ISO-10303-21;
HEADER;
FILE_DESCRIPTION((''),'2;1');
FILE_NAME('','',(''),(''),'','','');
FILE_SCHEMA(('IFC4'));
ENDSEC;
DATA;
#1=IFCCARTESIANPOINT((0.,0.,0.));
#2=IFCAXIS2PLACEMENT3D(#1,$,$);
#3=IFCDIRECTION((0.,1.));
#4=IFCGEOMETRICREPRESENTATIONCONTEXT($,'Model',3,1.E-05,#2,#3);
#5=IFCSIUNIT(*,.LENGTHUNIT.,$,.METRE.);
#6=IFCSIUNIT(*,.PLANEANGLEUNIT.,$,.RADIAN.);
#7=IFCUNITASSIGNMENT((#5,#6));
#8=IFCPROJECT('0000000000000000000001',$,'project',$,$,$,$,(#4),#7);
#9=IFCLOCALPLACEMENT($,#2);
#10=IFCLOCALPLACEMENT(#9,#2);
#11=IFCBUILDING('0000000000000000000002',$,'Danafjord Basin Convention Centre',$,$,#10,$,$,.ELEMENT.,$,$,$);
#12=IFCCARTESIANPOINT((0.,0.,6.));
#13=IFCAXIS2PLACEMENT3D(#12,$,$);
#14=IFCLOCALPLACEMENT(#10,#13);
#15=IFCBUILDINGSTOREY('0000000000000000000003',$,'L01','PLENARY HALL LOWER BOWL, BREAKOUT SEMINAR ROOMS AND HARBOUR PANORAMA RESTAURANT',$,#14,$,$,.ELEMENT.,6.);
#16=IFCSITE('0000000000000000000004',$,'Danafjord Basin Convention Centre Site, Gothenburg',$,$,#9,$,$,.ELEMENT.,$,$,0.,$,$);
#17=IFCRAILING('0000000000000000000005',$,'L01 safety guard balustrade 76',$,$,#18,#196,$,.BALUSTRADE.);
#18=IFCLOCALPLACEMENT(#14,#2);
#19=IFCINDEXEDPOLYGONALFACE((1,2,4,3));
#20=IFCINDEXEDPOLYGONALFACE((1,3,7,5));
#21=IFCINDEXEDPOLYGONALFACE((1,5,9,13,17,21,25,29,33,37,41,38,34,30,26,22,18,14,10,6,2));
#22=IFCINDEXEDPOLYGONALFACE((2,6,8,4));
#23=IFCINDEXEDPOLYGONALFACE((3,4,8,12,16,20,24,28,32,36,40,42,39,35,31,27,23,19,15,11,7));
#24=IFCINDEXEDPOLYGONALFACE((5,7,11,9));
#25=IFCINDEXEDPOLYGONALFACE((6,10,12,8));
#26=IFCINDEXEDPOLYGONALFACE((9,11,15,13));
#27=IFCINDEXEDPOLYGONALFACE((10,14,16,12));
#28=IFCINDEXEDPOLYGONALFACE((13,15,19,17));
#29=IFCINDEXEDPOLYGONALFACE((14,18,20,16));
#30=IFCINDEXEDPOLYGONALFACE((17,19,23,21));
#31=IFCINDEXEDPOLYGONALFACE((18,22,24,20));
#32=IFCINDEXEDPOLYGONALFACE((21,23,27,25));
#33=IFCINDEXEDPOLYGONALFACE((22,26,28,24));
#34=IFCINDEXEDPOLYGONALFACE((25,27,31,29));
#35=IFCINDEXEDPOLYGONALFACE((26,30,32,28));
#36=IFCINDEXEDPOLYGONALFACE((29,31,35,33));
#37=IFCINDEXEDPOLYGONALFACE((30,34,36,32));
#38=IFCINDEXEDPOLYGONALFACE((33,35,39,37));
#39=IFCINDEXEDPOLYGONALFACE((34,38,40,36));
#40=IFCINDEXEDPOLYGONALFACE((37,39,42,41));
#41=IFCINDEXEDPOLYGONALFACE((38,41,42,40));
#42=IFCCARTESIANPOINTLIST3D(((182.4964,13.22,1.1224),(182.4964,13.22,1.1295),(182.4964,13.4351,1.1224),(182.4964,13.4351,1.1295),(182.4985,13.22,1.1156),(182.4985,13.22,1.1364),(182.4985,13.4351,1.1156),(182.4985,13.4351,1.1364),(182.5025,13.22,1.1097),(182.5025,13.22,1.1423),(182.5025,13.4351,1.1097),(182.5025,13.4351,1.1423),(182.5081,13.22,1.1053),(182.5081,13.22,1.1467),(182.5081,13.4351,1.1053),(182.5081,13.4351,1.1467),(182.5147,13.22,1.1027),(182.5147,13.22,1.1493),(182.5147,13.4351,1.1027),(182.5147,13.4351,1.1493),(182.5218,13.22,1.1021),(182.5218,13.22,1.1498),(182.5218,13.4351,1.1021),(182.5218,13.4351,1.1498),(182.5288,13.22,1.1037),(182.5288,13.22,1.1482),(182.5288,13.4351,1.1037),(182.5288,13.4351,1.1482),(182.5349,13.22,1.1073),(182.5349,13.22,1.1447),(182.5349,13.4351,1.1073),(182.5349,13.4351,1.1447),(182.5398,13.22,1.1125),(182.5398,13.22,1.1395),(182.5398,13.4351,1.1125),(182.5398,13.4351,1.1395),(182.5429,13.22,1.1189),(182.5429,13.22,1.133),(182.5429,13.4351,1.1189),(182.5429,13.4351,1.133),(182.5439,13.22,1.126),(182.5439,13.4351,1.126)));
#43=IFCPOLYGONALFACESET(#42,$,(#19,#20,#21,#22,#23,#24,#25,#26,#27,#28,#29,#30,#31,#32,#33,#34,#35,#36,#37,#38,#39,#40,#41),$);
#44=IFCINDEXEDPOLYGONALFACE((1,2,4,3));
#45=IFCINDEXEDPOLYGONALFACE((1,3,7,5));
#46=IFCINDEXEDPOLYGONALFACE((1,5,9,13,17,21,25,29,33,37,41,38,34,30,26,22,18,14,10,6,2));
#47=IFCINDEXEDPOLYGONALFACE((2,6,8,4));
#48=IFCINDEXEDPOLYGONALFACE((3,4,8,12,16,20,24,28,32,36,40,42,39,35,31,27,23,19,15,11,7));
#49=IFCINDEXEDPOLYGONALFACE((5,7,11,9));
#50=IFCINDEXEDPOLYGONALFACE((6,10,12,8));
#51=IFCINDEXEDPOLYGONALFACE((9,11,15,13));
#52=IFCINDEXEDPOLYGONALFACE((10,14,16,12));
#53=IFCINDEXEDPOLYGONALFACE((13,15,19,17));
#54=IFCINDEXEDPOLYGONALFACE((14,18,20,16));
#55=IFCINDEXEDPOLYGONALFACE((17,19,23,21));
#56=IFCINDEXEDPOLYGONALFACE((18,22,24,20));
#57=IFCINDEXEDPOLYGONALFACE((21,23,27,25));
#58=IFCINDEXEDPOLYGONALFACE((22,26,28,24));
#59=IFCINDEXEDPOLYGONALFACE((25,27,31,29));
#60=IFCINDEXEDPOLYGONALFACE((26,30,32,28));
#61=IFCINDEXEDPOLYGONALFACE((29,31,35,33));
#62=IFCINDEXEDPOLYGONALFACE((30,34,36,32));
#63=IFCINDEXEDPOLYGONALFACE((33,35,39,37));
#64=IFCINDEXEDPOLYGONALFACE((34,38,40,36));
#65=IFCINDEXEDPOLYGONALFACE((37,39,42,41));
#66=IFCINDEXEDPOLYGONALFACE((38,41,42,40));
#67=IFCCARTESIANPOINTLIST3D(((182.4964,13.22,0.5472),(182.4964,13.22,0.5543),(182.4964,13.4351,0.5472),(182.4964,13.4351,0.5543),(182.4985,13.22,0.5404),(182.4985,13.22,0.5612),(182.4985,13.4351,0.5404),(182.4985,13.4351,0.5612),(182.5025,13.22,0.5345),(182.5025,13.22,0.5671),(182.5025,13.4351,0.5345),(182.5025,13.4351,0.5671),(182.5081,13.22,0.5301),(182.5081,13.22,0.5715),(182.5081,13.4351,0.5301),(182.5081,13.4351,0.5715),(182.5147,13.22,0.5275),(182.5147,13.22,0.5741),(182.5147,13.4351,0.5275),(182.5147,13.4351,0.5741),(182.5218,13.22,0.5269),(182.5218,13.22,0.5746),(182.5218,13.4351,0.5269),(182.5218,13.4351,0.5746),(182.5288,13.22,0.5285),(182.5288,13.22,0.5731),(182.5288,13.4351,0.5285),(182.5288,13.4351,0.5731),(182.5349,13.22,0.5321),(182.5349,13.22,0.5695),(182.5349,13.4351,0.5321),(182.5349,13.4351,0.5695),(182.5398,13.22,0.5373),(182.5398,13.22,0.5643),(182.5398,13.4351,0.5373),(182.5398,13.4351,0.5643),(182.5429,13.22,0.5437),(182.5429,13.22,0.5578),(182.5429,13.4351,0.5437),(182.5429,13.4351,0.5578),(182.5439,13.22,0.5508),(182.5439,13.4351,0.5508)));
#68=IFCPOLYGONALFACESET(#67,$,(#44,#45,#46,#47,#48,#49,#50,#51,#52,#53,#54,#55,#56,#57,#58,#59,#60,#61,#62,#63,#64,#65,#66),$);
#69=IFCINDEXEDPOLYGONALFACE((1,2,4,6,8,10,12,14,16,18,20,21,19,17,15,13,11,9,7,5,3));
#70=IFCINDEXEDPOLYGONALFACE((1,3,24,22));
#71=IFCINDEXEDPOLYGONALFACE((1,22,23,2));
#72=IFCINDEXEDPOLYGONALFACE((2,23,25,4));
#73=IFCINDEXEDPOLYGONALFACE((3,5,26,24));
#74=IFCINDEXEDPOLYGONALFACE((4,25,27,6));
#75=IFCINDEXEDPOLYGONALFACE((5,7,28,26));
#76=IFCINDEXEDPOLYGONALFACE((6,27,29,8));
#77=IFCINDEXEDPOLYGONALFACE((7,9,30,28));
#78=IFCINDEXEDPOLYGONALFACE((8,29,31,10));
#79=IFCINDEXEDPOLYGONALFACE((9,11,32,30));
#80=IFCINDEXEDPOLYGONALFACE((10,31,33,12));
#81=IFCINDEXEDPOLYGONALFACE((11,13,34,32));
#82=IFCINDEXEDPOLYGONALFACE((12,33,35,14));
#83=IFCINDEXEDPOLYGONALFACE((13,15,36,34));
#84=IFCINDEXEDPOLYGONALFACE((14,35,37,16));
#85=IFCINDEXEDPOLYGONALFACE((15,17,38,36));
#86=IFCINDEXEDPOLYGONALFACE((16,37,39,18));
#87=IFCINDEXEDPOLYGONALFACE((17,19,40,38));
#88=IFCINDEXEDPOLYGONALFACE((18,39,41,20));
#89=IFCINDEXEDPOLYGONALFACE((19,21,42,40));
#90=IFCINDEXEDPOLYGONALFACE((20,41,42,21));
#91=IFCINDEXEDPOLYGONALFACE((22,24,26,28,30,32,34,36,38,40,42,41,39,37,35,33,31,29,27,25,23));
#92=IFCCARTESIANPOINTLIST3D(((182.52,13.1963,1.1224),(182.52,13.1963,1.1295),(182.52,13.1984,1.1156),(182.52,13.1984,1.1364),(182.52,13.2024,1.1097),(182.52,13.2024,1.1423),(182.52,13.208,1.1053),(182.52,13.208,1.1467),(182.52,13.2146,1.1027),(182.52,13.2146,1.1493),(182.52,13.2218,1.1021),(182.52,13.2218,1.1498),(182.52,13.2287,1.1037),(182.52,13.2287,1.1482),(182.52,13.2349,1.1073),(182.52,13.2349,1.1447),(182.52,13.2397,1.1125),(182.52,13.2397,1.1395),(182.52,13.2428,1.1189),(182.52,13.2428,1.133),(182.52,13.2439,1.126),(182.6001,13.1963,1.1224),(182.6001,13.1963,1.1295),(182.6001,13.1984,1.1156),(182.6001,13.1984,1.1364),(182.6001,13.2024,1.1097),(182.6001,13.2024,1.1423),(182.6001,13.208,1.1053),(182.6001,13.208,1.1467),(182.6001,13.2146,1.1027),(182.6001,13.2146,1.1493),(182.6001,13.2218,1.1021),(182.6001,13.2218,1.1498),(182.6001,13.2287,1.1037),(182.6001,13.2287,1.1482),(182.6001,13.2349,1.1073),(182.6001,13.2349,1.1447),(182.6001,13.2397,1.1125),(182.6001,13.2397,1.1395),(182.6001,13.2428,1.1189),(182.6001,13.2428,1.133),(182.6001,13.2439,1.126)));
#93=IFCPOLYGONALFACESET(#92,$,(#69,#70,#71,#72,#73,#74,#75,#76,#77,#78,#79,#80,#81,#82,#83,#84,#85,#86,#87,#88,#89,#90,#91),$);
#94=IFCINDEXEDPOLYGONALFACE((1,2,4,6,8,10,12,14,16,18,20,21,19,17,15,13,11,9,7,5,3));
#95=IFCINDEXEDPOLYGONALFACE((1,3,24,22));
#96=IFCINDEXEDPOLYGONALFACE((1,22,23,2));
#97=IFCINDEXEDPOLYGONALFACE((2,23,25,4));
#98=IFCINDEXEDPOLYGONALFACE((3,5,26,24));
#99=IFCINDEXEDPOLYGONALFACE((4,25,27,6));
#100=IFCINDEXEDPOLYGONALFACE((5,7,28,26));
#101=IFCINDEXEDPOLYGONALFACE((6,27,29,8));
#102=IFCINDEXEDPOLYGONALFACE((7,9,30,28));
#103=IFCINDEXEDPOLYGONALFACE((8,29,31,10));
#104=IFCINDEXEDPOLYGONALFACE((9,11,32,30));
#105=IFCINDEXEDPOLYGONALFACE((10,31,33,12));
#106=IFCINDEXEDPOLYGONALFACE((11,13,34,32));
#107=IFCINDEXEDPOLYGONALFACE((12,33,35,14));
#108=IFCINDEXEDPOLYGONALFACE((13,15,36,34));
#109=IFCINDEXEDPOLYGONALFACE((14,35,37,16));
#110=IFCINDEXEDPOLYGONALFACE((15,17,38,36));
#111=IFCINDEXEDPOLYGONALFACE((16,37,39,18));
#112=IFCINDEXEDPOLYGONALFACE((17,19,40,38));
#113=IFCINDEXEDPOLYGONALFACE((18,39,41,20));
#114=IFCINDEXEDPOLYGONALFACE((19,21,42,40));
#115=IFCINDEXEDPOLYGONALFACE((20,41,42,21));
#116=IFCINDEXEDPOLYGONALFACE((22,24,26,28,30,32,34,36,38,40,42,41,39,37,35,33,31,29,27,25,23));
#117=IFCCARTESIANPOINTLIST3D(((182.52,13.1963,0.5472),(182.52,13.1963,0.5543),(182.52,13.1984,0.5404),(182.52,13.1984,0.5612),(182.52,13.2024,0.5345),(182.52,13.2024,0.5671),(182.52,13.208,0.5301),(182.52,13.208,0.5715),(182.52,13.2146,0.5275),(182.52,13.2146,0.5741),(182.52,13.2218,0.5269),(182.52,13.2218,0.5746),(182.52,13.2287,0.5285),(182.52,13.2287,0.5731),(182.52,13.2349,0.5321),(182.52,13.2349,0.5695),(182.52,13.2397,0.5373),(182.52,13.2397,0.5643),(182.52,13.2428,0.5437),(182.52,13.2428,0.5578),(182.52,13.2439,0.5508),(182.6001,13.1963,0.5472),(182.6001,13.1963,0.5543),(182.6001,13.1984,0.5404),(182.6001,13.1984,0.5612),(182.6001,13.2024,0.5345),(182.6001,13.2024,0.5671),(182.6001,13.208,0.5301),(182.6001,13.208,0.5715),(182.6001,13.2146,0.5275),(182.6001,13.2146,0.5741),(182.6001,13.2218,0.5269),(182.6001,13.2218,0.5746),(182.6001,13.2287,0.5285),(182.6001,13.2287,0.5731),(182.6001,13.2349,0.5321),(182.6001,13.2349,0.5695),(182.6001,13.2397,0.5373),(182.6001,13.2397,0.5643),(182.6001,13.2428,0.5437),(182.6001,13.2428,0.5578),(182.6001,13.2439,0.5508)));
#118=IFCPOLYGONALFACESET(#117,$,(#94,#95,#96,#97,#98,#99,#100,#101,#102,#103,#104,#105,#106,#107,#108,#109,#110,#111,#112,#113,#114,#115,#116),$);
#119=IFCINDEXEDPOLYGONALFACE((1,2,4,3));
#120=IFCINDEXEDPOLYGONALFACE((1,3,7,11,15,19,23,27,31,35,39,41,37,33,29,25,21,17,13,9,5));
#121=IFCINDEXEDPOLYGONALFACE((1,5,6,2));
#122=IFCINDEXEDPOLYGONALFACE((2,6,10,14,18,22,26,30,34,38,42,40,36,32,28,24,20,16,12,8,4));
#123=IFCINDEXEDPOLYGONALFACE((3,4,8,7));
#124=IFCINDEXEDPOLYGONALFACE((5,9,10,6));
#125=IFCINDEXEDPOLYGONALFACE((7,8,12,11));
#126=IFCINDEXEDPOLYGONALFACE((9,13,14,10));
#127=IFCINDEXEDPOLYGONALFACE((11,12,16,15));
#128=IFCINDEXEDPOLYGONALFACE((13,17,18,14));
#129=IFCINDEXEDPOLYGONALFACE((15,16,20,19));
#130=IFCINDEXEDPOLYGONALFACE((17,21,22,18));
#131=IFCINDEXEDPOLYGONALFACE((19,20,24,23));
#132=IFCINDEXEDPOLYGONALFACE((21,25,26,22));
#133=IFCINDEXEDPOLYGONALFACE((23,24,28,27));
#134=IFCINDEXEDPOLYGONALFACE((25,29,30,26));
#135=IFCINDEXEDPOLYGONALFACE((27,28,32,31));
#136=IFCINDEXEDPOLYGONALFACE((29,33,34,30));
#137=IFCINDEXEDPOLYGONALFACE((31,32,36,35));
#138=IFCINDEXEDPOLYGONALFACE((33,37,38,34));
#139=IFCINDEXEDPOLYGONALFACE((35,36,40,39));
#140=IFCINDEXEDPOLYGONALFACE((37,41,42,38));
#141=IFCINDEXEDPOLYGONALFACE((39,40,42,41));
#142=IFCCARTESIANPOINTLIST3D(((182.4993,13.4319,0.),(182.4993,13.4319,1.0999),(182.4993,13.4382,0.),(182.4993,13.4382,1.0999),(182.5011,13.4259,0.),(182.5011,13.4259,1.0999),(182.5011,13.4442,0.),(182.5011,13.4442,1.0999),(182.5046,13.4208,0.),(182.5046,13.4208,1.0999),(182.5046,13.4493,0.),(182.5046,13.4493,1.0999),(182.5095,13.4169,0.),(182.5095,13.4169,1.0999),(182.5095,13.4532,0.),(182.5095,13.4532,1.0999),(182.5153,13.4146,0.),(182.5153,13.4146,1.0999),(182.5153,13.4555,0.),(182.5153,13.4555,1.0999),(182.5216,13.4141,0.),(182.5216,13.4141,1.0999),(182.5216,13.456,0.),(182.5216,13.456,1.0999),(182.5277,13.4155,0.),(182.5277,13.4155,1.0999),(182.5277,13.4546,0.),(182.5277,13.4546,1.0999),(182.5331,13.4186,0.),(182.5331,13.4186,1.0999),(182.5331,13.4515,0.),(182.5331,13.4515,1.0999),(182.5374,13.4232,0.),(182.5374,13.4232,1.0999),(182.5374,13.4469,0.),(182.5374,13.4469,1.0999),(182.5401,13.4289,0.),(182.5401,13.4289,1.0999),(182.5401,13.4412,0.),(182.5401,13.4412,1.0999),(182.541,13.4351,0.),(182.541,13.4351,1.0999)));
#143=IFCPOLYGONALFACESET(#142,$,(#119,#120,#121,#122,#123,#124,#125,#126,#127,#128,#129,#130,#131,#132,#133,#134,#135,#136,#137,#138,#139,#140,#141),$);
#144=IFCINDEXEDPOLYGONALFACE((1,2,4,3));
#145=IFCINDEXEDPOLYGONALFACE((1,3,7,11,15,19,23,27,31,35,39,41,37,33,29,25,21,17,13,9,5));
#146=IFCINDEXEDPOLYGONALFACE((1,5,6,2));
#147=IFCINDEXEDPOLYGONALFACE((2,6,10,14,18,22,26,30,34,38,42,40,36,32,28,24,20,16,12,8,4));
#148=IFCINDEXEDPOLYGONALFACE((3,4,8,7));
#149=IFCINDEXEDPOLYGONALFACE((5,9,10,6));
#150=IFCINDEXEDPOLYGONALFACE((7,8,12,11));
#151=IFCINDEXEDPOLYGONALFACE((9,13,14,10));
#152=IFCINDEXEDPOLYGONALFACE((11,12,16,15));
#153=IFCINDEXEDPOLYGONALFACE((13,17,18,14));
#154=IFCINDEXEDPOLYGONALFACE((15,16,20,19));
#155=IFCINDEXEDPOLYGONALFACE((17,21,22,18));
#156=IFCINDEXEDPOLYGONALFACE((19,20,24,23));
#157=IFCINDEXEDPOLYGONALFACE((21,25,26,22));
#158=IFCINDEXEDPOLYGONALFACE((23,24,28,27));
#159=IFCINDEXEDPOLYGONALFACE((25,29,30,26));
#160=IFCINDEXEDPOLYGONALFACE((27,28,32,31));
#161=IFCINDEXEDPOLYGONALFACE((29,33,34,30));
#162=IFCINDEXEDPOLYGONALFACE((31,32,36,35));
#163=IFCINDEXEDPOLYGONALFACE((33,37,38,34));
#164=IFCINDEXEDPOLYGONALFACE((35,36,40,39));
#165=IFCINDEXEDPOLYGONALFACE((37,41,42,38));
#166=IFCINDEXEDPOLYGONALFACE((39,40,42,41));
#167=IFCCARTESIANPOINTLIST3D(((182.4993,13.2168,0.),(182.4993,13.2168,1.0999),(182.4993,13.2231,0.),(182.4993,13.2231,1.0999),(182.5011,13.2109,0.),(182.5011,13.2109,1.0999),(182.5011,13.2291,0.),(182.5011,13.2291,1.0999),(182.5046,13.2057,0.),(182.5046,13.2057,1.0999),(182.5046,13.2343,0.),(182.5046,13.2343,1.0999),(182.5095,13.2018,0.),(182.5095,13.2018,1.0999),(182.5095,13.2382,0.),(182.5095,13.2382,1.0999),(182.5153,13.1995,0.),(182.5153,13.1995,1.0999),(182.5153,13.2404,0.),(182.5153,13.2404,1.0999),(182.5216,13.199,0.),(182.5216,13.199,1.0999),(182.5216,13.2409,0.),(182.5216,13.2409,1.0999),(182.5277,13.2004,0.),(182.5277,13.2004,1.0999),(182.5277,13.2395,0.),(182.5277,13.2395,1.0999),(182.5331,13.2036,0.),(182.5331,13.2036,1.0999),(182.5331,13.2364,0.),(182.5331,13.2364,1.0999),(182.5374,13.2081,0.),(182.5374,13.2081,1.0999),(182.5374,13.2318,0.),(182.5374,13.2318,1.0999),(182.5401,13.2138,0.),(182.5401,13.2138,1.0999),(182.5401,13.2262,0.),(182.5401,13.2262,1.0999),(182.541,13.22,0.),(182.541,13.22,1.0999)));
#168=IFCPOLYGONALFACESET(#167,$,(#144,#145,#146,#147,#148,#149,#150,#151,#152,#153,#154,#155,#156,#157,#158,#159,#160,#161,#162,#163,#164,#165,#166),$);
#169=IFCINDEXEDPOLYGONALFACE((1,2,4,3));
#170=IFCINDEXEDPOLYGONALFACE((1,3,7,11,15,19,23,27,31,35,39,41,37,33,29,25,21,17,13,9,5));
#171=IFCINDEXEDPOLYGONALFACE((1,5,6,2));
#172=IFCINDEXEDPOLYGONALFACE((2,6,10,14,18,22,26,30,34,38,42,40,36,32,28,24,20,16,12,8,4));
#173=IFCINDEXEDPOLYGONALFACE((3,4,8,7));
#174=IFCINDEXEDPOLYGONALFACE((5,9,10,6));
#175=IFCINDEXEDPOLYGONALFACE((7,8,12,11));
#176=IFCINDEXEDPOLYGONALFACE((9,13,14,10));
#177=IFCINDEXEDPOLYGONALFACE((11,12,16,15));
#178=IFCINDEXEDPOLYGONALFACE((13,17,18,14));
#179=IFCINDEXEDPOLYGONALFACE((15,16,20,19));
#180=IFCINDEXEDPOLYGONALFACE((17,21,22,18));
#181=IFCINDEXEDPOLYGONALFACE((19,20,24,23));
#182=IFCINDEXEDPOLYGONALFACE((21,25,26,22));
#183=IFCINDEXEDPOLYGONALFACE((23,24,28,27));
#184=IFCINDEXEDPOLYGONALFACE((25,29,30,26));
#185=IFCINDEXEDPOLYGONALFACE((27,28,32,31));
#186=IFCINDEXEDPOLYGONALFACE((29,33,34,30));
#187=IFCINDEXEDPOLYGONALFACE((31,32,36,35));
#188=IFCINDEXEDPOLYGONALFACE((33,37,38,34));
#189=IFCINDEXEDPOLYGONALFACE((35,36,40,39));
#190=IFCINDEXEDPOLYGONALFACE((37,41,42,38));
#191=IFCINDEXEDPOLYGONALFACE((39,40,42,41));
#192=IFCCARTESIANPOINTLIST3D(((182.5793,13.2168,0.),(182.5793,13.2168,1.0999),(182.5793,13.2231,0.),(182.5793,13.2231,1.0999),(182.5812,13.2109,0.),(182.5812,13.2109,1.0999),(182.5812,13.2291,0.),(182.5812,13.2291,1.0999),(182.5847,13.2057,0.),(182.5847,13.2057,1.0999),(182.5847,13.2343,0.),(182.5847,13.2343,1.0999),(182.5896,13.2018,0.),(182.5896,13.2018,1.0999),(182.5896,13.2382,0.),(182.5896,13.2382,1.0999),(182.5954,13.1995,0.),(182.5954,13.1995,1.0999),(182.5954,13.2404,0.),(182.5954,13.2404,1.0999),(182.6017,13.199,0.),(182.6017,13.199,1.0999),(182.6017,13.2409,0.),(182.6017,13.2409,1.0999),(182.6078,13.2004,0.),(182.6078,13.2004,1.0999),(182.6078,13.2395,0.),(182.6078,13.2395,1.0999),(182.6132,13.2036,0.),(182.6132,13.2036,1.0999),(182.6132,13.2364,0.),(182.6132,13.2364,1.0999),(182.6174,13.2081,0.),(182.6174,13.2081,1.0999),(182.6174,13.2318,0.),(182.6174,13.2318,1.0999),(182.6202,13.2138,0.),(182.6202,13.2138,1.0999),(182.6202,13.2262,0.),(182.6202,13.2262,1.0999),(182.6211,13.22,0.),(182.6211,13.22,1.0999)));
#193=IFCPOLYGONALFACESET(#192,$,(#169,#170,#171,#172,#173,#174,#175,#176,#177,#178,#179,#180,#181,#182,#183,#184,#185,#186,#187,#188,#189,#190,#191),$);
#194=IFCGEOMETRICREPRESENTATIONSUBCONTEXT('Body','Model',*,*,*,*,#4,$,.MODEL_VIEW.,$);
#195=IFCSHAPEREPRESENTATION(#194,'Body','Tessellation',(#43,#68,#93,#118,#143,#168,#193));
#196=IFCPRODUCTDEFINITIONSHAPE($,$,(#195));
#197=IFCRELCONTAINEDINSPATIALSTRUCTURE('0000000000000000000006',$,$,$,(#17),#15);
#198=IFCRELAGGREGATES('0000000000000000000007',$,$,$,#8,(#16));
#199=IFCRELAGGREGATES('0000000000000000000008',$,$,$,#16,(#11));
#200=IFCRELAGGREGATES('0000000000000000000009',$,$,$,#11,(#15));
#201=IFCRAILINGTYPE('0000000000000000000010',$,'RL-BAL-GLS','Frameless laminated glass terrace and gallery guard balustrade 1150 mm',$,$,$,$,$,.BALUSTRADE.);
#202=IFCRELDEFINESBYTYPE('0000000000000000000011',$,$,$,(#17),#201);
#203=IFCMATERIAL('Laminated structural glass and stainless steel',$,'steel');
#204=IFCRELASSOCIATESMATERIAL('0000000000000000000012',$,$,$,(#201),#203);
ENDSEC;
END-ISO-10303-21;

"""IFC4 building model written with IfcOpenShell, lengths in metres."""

from ifc_helpers import new_model, si_unit, direction, frame, origin, origin_2d, place, context, subcontext, project, spatial, circle, extrude, material, type_object, element, save


model = new_model("IFC4")

# Units and contexts
model_context = context("Model", 3, precision=1e-05, world=origin(), true_north=direction((0.0, 1.0)))
body_context = subcontext(model_context, "Body", "Model", "MODEL_VIEW")
ifc_project = project(units=[si_unit("LENGTHUNIT", "METRE"), si_unit("PLANEANGLEUNIT", "RADIAN")], contexts=[model_context])

# Site, building, storey
site_placement = place(None, origin())
site = spatial("IfcSite", under=ifc_project, at=site_placement, Name="Danafjord Basin Convention Centre Site, Gothenburg", CompositionType="ELEMENT", RefElevation=0.0)
building_placement = place(site_placement, origin())
building = spatial("IfcBuilding", under=site, at=building_placement, Name="Danafjord Basin Convention Centre", CompositionType="ELEMENT")
storey_placement = place(building_placement, frame((0.0, 0.0, 6.0)))
storey = spatial("IfcBuildingStorey", under=building, at=storey_placement, Name="L01", Description="PLENARY HALL LOWER BOWL, BREAKOUT SEMINAR ROOMS AND HARBOUR PANORAMA RESTAURANT", CompositionType="ELEMENT", Elevation=6.0)

# Railing
ifc_material_1 = material(Name="Laminated structural glass and stainless steel", Category="steel")
railing_type_1 = type_object("IfcRailingType", Name="RL-BAL-GLS", Description="Frameless laminated glass terrace and gallery guard balustrade 1150 mm", PredefinedType="BALUSTRADE", material=ifc_material_1)
railing_1_placement = place(storey_placement, frame((182.52, 13.4351, 0.0)))
element("IfcRailing", 1, at=railing_1_placement, inside=storey, type_object=railing_type_1, Name="L01 safety guard balustrade 76", PredefinedType="BALUSTRADE", context=body_context, shape_type="SweptSolid", body=[
    extrude(circle(Radius=0.0239, at=origin_2d()), frame((0.0, 0.0, 1.126), z_axis=(0.0, -1.0, 0.0), x_axis=(1.0, 0.0, 0.0)), (0.0, 0.0, 1.0), 0.2151),
    extrude(circle(Radius=0.0239, at=origin_2d()), frame((0.0, 0.0, 0.5508), z_axis=(0.0, -1.0, 0.0), x_axis=(1.0, 0.0, 0.0)), (0.0, 0.0, 1.0), 0.2151),
    extrude(circle(Radius=0.0239, at=origin_2d()), frame((0.0, -0.2151, 1.126), z_axis=(1.0, 0.0, 0.0), x_axis=(0.0, 1.0, 0.0)), (0.0, 0.0, 1.0), 0.0801),
    extrude(circle(Radius=0.0239, at=origin_2d()), frame((0.0, -0.2151, 0.5508), z_axis=(1.0, 0.0, 0.0), x_axis=(0.0, 1.0, 0.0)), (0.0, 0.0, 1.0), 0.0801),
    extrude(circle(Radius=0.021, at=origin_2d()), origin(), (0.0, 0.0, 1.0), 1.0999),
    extrude(circle(Radius=0.021, at=origin_2d()), frame((0.0, -0.2151, 0.0)), (0.0, 0.0, 1.0), 1.0999),
    extrude(circle(Radius=0.021, at=origin_2d()), frame((0.0801, -0.2151, 0.0)), (0.0, 0.0, 1.0), 1.0999),
])

save(model, "model.ifc")
